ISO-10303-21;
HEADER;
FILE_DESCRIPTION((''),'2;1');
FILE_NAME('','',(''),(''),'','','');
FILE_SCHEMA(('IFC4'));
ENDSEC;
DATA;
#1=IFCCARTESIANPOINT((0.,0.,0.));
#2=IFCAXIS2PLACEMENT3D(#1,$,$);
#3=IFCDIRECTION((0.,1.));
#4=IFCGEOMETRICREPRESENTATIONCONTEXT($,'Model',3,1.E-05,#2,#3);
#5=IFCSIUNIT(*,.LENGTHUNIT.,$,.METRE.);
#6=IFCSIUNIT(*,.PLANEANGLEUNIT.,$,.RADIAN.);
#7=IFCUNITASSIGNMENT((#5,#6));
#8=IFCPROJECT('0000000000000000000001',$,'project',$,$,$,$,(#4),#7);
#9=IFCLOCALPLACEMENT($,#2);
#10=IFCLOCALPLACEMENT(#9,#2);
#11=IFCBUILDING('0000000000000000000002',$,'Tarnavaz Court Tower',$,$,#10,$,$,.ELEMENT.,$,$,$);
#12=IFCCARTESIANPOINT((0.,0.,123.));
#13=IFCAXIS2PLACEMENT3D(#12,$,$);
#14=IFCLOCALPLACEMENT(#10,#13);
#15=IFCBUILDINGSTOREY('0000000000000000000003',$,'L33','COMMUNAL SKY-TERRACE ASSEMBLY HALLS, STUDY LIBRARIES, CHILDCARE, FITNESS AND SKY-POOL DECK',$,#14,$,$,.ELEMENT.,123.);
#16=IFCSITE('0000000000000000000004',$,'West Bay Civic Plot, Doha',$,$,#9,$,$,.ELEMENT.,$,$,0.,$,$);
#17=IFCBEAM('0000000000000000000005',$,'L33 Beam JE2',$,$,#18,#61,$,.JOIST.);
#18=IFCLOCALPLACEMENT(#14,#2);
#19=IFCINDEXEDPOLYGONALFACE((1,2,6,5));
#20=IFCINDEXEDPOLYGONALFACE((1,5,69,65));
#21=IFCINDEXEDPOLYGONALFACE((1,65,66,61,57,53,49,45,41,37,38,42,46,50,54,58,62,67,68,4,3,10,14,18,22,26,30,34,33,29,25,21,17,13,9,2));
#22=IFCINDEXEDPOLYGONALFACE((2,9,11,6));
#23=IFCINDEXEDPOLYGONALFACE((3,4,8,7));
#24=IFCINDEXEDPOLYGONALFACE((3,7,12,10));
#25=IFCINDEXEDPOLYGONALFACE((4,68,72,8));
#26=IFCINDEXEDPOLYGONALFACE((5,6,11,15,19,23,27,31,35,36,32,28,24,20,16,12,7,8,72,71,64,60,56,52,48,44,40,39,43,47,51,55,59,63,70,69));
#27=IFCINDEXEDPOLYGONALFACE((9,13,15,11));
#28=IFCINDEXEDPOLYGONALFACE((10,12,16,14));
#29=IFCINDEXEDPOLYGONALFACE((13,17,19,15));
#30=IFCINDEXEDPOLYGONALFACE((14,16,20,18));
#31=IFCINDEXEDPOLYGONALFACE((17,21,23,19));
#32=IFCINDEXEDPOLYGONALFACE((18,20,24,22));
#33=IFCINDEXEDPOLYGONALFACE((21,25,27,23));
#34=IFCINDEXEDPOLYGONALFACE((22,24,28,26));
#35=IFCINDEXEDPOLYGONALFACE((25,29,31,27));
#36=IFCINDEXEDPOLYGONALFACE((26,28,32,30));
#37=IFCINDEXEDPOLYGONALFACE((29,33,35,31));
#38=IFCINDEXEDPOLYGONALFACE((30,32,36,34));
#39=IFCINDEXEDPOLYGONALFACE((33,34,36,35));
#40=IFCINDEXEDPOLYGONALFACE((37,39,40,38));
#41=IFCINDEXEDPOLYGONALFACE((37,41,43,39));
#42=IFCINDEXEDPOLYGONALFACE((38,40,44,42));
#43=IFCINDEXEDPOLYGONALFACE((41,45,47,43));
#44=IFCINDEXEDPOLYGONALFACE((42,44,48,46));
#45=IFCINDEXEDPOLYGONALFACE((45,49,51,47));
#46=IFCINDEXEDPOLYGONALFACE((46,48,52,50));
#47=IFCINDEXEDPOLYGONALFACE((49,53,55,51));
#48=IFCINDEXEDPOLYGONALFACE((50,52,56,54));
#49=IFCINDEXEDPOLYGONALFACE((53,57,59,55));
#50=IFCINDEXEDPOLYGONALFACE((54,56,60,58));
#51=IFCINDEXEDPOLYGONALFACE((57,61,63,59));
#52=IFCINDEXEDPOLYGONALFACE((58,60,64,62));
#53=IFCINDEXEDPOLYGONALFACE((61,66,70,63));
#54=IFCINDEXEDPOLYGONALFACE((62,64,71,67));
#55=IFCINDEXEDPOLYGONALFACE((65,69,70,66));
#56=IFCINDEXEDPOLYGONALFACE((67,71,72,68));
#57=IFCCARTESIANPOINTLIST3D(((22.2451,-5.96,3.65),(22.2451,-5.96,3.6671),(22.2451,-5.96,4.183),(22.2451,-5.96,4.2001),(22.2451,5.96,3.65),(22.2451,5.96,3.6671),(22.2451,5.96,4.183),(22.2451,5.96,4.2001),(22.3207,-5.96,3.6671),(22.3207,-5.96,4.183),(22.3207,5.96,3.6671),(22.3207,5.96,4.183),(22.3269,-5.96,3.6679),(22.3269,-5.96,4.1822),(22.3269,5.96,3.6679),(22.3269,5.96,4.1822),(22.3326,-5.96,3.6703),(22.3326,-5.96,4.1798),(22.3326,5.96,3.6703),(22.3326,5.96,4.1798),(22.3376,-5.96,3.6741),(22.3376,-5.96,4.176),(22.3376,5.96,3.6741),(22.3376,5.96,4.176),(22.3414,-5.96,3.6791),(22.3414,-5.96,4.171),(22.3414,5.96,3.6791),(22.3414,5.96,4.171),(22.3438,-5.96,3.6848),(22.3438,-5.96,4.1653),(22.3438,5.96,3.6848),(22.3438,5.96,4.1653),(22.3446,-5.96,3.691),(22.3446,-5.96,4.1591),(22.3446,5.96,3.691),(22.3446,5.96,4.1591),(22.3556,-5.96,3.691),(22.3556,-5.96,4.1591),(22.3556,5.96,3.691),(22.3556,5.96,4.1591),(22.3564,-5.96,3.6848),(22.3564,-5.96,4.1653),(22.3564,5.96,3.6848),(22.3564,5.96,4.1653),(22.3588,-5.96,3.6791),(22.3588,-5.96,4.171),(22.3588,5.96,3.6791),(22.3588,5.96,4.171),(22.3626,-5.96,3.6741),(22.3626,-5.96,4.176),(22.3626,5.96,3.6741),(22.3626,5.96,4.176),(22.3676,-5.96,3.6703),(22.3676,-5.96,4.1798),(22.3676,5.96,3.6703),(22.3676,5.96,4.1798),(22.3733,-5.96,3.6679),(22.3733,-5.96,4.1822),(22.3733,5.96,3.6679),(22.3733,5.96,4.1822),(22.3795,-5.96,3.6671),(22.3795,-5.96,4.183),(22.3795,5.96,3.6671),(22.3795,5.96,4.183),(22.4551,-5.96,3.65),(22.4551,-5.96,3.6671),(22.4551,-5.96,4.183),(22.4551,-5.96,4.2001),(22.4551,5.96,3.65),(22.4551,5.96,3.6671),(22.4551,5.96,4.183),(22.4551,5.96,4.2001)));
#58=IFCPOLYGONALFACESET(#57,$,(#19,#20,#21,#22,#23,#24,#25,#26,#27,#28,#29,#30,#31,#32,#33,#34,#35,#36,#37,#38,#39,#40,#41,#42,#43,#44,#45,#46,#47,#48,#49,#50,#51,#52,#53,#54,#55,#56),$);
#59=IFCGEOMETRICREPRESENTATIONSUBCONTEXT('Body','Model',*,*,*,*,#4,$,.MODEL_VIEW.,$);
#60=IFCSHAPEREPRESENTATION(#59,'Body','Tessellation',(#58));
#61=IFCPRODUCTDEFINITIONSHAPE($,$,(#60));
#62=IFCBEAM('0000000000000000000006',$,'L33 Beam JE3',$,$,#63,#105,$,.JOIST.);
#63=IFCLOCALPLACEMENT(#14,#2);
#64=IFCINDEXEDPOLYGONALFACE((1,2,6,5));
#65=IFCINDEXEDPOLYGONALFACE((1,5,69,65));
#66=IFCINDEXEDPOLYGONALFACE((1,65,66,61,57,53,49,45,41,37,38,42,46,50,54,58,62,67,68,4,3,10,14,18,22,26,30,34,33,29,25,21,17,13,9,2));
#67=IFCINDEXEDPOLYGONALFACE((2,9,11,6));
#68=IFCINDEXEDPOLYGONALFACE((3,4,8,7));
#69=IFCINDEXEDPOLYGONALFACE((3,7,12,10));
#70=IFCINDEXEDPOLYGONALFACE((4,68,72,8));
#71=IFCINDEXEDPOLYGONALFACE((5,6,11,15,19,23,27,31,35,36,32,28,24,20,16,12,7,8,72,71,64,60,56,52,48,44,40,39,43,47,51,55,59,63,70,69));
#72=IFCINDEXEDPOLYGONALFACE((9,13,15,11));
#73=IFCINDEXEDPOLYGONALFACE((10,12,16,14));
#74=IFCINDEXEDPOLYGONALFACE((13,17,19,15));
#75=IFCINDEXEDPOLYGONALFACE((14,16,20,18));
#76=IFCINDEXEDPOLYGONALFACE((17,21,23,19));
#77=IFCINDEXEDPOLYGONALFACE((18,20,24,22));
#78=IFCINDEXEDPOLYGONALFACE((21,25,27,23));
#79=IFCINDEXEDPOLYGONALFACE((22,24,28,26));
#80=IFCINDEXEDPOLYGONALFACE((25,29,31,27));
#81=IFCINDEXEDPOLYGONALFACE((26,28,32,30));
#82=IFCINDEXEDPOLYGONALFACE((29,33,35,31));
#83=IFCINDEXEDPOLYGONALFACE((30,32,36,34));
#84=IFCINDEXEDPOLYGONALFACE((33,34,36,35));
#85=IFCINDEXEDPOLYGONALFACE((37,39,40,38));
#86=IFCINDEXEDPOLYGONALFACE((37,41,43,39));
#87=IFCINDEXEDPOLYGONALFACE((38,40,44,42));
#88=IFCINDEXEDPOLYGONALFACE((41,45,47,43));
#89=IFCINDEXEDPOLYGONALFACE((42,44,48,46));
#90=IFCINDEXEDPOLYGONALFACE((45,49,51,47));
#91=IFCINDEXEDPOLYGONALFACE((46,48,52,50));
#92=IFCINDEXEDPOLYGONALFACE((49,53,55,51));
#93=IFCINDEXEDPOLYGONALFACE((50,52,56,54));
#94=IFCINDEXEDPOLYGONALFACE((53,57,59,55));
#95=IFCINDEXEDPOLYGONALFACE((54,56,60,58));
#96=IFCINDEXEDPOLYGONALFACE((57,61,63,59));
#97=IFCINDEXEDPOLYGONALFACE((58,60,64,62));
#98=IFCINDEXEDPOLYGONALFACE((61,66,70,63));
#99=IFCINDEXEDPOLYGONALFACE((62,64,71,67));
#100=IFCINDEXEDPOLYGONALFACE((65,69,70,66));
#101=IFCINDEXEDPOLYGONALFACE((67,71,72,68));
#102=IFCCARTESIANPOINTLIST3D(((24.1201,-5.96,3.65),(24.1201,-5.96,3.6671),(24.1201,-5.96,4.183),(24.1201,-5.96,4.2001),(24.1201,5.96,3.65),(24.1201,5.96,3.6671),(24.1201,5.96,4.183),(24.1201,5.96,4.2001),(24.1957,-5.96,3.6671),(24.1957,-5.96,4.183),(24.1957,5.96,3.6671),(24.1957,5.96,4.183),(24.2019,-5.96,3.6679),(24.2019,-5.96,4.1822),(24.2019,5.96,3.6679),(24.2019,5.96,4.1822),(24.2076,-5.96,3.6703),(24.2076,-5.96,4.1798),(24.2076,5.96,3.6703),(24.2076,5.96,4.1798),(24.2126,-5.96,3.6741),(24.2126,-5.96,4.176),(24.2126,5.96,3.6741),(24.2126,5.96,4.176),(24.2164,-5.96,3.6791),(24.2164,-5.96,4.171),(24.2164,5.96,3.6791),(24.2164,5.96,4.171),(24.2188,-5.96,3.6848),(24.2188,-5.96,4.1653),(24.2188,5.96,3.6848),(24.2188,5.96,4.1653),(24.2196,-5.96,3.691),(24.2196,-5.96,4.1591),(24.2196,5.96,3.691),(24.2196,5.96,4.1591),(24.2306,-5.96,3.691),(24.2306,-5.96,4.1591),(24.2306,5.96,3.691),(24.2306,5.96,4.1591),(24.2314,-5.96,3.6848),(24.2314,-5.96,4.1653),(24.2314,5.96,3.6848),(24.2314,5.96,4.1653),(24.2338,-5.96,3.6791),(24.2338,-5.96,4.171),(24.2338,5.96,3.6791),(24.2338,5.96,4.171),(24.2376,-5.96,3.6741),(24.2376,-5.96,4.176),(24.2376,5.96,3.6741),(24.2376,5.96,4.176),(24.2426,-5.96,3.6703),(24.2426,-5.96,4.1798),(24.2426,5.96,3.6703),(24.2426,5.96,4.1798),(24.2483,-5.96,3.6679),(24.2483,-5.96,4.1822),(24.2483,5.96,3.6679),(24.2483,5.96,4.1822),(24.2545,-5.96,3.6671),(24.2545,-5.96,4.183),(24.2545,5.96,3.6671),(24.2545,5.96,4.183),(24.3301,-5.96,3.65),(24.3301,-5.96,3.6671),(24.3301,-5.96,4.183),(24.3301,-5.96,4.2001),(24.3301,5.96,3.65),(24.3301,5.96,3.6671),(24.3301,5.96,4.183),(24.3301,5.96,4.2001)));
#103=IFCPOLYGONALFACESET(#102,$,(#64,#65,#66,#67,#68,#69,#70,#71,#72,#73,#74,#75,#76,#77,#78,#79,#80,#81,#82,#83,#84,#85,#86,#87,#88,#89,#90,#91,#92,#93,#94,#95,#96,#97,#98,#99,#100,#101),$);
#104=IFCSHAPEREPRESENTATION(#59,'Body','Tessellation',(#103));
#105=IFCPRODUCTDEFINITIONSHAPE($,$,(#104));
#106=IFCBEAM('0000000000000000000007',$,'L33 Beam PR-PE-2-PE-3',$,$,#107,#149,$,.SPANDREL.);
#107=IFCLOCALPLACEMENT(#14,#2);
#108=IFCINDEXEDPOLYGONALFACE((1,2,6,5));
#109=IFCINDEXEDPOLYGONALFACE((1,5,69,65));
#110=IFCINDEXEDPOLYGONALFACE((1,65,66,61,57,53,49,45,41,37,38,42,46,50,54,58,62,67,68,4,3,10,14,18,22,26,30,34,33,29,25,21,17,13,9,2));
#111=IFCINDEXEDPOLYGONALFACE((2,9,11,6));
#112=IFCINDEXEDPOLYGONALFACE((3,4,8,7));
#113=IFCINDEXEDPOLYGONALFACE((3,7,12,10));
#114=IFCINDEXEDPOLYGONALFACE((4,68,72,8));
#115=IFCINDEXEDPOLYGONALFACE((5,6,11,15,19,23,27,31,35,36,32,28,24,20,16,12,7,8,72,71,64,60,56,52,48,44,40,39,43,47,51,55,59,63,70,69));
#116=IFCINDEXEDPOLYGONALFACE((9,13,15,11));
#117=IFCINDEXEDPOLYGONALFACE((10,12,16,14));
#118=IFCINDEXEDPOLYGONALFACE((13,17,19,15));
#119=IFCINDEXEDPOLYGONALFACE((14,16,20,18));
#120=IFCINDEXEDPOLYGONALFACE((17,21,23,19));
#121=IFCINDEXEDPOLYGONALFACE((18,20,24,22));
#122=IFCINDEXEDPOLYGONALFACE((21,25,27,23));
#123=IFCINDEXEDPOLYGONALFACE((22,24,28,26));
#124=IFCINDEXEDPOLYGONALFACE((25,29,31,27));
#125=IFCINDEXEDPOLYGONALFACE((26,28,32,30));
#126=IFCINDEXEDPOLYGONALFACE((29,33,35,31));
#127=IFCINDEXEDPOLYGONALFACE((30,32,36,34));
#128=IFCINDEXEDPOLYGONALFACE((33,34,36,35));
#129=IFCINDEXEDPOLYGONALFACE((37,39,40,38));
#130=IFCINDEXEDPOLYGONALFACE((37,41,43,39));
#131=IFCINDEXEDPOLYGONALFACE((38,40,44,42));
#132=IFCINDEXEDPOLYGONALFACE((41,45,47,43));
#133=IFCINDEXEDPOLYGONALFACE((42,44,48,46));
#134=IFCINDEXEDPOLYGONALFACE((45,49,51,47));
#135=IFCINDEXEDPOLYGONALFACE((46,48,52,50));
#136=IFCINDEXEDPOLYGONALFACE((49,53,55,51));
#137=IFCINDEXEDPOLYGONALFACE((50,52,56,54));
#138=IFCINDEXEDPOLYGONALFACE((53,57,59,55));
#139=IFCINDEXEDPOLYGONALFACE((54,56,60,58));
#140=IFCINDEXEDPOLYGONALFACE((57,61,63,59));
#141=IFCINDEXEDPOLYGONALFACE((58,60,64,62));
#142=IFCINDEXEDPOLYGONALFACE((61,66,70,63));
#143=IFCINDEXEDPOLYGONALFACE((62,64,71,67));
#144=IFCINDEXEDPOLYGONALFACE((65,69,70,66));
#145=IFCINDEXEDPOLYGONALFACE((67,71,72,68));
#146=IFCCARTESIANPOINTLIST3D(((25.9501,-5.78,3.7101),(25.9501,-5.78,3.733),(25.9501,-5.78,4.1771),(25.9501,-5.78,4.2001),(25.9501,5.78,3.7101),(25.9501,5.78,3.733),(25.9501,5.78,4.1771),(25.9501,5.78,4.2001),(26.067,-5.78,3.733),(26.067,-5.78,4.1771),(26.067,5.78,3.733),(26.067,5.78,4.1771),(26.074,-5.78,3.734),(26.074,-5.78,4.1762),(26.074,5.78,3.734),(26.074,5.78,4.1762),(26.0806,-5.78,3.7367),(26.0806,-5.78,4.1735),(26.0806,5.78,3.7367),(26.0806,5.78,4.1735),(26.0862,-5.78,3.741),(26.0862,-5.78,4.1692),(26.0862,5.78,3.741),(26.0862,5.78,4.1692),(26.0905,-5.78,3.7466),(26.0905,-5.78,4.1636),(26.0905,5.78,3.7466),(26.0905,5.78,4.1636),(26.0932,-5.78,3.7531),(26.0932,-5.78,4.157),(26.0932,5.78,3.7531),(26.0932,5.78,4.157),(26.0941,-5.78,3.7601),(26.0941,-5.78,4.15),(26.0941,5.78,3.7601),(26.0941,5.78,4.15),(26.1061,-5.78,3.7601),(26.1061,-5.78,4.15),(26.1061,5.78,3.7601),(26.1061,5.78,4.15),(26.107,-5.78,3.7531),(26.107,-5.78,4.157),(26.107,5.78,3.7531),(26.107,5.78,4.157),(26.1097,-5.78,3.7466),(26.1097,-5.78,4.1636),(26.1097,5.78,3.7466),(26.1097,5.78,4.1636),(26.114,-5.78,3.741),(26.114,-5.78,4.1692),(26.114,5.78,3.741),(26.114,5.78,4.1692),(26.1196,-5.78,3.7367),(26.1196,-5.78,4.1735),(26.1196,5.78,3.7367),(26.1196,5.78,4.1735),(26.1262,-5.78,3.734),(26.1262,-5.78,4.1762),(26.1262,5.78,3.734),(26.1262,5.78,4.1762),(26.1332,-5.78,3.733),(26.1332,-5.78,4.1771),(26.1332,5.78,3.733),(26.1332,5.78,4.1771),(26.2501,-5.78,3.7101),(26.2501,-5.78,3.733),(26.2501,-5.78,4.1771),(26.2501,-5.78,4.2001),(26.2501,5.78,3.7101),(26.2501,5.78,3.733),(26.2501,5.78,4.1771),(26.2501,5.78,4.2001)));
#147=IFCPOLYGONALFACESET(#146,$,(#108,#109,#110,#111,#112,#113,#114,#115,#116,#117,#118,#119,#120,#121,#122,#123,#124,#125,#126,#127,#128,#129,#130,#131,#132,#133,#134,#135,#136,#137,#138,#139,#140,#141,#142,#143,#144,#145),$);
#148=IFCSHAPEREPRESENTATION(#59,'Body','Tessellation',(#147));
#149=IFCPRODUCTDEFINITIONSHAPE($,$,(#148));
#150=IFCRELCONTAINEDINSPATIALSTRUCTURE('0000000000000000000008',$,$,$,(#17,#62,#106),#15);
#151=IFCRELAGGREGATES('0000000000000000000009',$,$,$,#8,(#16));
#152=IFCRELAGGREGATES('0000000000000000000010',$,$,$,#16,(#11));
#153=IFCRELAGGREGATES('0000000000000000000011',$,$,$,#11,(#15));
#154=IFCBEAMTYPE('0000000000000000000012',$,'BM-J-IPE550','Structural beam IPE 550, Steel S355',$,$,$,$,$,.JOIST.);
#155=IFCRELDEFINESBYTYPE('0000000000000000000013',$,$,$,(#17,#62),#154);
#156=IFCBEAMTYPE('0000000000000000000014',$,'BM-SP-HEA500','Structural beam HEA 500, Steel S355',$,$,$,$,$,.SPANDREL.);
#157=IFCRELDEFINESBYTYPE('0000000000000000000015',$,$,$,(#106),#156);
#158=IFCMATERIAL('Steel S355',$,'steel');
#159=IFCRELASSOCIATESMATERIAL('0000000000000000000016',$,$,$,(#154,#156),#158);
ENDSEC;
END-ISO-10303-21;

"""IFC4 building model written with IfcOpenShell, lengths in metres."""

from ifc_helpers import new_model, si_unit, direction, frame, origin, origin_2d, place, context, subcontext, project, spatial, i_section, extrude, material, material_profile, profile_set, type_object, element, save


model = new_model("IFC4")

# Units and contexts
model_context = context("Model", 3, precision=1e-05, world=origin(), true_north=direction((0.0, 1.0)))
body_context = subcontext(model_context, "Body", "Model", "MODEL_VIEW")
ifc_project = project(units=[si_unit("LENGTHUNIT", "METRE"), si_unit("PLANEANGLEUNIT", "RADIAN")], contexts=[model_context])

# Site, building, storey
site_placement = place(None, origin())
site = spatial("IfcSite", under=ifc_project, at=site_placement, Name="West Bay Civic Plot, Doha", CompositionType="ELEMENT", RefElevation=0.0)
building_placement = place(site_placement, origin())
building = spatial("IfcBuilding", under=site, at=building_placement, Name="Tarnavaz Court Tower", CompositionType="ELEMENT")
storey_placement = place(building_placement, frame((0.0, 0.0, 123.0)))
storey = spatial("IfcBuildingStorey", under=building, at=storey_placement, Name="L33", Description="COMMUNAL SKY-TERRACE ASSEMBLY HALLS, STUDY LIBRARIES, CHILDCARE, FITNESS AND SKY-POOL DECK", CompositionType="ELEMENT", Elevation=123.0)

# Beams
ifc_material_1 = material(Name="Steel S355", Category="steel")
ifc_material_profile_1 = material_profile(ifc_material_1, i_section(OverallWidth=0.21, OverallDepth=0.55, WebThickness=0.011, FlangeThickness=0.0171, FilletRadius=0.0239, at=origin_2d()), Name="IPE 550")
ifc_profile_set_1 = profile_set([ifc_material_profile_1], Name="Steel S355")
beam_type_1 = type_object("IfcBeamType", Name="BM-J-IPE550", Description="Structural beam IPE 550, Steel S355", PredefinedType="JOIST", material=ifc_profile_set_1)
for number, where, z_axis, x_axis, name in (
    (1, (22.3501, -5.96, 3.925), (0.0, 1.0, 0.0), (-1.0, 0.0, 0.0), "L33 Beam JE2"),
    (2, (24.2251, -5.96, 3.925), (0.0, 1.0, 0.0), (-1.0, 0.0, 0.0), "L33 Beam JE3"),
):
    element("IfcBeam", number, at=place(storey_placement, frame(where, z_axis=z_axis, x_axis=x_axis)), inside=storey, type_object=beam_type_1, Name=name, PredefinedType="JOIST", context=body_context, shape_type="SweptSolid", body=[
        extrude(i_section(OverallWidth=0.21, OverallDepth=0.55, WebThickness=0.011, FlangeThickness=0.0171, FilletRadius=0.0239, at=origin_2d()), origin(), (0.0, 0.0, 1.0), 11.9199),
    ])
ifc_material_profile_2 = material_profile(ifc_material_1, i_section(OverallWidth=0.3, OverallDepth=0.49, WebThickness=0.012, FlangeThickness=0.0229, FilletRadius=0.0271, at=origin_2d()), Name="HEA 500")
ifc_profile_set_2 = profile_set([ifc_material_profile_2], Name="Steel S355")
beam_type_2 = type_object("IfcBeamType", Name="BM-SP-HEA500", Description="Structural beam HEA 500, Steel S355", PredefinedType="SPANDREL", material=ifc_profile_set_2)
beam_1_placement = place(storey_placement, frame((26.1001, -5.78, 3.9551), z_axis=(0.0, 1.0, 0.0), x_axis=(-1.0, 0.0, 0.0)))
element("IfcBeam", 3, at=beam_1_placement, inside=storey, type_object=beam_type_2, Name="L33 Beam PR-PE-2-PE-3", PredefinedType="SPANDREL", context=body_context, shape_type="SweptSolid", body=[
    extrude(i_section(OverallWidth=0.3, OverallDepth=0.49, WebThickness=0.012, FlangeThickness=0.0229, FilletRadius=0.0271, at=origin_2d()), origin(), (0.0, 0.0, 1.0), 11.5601),
])

save(model, "model.ifc")
